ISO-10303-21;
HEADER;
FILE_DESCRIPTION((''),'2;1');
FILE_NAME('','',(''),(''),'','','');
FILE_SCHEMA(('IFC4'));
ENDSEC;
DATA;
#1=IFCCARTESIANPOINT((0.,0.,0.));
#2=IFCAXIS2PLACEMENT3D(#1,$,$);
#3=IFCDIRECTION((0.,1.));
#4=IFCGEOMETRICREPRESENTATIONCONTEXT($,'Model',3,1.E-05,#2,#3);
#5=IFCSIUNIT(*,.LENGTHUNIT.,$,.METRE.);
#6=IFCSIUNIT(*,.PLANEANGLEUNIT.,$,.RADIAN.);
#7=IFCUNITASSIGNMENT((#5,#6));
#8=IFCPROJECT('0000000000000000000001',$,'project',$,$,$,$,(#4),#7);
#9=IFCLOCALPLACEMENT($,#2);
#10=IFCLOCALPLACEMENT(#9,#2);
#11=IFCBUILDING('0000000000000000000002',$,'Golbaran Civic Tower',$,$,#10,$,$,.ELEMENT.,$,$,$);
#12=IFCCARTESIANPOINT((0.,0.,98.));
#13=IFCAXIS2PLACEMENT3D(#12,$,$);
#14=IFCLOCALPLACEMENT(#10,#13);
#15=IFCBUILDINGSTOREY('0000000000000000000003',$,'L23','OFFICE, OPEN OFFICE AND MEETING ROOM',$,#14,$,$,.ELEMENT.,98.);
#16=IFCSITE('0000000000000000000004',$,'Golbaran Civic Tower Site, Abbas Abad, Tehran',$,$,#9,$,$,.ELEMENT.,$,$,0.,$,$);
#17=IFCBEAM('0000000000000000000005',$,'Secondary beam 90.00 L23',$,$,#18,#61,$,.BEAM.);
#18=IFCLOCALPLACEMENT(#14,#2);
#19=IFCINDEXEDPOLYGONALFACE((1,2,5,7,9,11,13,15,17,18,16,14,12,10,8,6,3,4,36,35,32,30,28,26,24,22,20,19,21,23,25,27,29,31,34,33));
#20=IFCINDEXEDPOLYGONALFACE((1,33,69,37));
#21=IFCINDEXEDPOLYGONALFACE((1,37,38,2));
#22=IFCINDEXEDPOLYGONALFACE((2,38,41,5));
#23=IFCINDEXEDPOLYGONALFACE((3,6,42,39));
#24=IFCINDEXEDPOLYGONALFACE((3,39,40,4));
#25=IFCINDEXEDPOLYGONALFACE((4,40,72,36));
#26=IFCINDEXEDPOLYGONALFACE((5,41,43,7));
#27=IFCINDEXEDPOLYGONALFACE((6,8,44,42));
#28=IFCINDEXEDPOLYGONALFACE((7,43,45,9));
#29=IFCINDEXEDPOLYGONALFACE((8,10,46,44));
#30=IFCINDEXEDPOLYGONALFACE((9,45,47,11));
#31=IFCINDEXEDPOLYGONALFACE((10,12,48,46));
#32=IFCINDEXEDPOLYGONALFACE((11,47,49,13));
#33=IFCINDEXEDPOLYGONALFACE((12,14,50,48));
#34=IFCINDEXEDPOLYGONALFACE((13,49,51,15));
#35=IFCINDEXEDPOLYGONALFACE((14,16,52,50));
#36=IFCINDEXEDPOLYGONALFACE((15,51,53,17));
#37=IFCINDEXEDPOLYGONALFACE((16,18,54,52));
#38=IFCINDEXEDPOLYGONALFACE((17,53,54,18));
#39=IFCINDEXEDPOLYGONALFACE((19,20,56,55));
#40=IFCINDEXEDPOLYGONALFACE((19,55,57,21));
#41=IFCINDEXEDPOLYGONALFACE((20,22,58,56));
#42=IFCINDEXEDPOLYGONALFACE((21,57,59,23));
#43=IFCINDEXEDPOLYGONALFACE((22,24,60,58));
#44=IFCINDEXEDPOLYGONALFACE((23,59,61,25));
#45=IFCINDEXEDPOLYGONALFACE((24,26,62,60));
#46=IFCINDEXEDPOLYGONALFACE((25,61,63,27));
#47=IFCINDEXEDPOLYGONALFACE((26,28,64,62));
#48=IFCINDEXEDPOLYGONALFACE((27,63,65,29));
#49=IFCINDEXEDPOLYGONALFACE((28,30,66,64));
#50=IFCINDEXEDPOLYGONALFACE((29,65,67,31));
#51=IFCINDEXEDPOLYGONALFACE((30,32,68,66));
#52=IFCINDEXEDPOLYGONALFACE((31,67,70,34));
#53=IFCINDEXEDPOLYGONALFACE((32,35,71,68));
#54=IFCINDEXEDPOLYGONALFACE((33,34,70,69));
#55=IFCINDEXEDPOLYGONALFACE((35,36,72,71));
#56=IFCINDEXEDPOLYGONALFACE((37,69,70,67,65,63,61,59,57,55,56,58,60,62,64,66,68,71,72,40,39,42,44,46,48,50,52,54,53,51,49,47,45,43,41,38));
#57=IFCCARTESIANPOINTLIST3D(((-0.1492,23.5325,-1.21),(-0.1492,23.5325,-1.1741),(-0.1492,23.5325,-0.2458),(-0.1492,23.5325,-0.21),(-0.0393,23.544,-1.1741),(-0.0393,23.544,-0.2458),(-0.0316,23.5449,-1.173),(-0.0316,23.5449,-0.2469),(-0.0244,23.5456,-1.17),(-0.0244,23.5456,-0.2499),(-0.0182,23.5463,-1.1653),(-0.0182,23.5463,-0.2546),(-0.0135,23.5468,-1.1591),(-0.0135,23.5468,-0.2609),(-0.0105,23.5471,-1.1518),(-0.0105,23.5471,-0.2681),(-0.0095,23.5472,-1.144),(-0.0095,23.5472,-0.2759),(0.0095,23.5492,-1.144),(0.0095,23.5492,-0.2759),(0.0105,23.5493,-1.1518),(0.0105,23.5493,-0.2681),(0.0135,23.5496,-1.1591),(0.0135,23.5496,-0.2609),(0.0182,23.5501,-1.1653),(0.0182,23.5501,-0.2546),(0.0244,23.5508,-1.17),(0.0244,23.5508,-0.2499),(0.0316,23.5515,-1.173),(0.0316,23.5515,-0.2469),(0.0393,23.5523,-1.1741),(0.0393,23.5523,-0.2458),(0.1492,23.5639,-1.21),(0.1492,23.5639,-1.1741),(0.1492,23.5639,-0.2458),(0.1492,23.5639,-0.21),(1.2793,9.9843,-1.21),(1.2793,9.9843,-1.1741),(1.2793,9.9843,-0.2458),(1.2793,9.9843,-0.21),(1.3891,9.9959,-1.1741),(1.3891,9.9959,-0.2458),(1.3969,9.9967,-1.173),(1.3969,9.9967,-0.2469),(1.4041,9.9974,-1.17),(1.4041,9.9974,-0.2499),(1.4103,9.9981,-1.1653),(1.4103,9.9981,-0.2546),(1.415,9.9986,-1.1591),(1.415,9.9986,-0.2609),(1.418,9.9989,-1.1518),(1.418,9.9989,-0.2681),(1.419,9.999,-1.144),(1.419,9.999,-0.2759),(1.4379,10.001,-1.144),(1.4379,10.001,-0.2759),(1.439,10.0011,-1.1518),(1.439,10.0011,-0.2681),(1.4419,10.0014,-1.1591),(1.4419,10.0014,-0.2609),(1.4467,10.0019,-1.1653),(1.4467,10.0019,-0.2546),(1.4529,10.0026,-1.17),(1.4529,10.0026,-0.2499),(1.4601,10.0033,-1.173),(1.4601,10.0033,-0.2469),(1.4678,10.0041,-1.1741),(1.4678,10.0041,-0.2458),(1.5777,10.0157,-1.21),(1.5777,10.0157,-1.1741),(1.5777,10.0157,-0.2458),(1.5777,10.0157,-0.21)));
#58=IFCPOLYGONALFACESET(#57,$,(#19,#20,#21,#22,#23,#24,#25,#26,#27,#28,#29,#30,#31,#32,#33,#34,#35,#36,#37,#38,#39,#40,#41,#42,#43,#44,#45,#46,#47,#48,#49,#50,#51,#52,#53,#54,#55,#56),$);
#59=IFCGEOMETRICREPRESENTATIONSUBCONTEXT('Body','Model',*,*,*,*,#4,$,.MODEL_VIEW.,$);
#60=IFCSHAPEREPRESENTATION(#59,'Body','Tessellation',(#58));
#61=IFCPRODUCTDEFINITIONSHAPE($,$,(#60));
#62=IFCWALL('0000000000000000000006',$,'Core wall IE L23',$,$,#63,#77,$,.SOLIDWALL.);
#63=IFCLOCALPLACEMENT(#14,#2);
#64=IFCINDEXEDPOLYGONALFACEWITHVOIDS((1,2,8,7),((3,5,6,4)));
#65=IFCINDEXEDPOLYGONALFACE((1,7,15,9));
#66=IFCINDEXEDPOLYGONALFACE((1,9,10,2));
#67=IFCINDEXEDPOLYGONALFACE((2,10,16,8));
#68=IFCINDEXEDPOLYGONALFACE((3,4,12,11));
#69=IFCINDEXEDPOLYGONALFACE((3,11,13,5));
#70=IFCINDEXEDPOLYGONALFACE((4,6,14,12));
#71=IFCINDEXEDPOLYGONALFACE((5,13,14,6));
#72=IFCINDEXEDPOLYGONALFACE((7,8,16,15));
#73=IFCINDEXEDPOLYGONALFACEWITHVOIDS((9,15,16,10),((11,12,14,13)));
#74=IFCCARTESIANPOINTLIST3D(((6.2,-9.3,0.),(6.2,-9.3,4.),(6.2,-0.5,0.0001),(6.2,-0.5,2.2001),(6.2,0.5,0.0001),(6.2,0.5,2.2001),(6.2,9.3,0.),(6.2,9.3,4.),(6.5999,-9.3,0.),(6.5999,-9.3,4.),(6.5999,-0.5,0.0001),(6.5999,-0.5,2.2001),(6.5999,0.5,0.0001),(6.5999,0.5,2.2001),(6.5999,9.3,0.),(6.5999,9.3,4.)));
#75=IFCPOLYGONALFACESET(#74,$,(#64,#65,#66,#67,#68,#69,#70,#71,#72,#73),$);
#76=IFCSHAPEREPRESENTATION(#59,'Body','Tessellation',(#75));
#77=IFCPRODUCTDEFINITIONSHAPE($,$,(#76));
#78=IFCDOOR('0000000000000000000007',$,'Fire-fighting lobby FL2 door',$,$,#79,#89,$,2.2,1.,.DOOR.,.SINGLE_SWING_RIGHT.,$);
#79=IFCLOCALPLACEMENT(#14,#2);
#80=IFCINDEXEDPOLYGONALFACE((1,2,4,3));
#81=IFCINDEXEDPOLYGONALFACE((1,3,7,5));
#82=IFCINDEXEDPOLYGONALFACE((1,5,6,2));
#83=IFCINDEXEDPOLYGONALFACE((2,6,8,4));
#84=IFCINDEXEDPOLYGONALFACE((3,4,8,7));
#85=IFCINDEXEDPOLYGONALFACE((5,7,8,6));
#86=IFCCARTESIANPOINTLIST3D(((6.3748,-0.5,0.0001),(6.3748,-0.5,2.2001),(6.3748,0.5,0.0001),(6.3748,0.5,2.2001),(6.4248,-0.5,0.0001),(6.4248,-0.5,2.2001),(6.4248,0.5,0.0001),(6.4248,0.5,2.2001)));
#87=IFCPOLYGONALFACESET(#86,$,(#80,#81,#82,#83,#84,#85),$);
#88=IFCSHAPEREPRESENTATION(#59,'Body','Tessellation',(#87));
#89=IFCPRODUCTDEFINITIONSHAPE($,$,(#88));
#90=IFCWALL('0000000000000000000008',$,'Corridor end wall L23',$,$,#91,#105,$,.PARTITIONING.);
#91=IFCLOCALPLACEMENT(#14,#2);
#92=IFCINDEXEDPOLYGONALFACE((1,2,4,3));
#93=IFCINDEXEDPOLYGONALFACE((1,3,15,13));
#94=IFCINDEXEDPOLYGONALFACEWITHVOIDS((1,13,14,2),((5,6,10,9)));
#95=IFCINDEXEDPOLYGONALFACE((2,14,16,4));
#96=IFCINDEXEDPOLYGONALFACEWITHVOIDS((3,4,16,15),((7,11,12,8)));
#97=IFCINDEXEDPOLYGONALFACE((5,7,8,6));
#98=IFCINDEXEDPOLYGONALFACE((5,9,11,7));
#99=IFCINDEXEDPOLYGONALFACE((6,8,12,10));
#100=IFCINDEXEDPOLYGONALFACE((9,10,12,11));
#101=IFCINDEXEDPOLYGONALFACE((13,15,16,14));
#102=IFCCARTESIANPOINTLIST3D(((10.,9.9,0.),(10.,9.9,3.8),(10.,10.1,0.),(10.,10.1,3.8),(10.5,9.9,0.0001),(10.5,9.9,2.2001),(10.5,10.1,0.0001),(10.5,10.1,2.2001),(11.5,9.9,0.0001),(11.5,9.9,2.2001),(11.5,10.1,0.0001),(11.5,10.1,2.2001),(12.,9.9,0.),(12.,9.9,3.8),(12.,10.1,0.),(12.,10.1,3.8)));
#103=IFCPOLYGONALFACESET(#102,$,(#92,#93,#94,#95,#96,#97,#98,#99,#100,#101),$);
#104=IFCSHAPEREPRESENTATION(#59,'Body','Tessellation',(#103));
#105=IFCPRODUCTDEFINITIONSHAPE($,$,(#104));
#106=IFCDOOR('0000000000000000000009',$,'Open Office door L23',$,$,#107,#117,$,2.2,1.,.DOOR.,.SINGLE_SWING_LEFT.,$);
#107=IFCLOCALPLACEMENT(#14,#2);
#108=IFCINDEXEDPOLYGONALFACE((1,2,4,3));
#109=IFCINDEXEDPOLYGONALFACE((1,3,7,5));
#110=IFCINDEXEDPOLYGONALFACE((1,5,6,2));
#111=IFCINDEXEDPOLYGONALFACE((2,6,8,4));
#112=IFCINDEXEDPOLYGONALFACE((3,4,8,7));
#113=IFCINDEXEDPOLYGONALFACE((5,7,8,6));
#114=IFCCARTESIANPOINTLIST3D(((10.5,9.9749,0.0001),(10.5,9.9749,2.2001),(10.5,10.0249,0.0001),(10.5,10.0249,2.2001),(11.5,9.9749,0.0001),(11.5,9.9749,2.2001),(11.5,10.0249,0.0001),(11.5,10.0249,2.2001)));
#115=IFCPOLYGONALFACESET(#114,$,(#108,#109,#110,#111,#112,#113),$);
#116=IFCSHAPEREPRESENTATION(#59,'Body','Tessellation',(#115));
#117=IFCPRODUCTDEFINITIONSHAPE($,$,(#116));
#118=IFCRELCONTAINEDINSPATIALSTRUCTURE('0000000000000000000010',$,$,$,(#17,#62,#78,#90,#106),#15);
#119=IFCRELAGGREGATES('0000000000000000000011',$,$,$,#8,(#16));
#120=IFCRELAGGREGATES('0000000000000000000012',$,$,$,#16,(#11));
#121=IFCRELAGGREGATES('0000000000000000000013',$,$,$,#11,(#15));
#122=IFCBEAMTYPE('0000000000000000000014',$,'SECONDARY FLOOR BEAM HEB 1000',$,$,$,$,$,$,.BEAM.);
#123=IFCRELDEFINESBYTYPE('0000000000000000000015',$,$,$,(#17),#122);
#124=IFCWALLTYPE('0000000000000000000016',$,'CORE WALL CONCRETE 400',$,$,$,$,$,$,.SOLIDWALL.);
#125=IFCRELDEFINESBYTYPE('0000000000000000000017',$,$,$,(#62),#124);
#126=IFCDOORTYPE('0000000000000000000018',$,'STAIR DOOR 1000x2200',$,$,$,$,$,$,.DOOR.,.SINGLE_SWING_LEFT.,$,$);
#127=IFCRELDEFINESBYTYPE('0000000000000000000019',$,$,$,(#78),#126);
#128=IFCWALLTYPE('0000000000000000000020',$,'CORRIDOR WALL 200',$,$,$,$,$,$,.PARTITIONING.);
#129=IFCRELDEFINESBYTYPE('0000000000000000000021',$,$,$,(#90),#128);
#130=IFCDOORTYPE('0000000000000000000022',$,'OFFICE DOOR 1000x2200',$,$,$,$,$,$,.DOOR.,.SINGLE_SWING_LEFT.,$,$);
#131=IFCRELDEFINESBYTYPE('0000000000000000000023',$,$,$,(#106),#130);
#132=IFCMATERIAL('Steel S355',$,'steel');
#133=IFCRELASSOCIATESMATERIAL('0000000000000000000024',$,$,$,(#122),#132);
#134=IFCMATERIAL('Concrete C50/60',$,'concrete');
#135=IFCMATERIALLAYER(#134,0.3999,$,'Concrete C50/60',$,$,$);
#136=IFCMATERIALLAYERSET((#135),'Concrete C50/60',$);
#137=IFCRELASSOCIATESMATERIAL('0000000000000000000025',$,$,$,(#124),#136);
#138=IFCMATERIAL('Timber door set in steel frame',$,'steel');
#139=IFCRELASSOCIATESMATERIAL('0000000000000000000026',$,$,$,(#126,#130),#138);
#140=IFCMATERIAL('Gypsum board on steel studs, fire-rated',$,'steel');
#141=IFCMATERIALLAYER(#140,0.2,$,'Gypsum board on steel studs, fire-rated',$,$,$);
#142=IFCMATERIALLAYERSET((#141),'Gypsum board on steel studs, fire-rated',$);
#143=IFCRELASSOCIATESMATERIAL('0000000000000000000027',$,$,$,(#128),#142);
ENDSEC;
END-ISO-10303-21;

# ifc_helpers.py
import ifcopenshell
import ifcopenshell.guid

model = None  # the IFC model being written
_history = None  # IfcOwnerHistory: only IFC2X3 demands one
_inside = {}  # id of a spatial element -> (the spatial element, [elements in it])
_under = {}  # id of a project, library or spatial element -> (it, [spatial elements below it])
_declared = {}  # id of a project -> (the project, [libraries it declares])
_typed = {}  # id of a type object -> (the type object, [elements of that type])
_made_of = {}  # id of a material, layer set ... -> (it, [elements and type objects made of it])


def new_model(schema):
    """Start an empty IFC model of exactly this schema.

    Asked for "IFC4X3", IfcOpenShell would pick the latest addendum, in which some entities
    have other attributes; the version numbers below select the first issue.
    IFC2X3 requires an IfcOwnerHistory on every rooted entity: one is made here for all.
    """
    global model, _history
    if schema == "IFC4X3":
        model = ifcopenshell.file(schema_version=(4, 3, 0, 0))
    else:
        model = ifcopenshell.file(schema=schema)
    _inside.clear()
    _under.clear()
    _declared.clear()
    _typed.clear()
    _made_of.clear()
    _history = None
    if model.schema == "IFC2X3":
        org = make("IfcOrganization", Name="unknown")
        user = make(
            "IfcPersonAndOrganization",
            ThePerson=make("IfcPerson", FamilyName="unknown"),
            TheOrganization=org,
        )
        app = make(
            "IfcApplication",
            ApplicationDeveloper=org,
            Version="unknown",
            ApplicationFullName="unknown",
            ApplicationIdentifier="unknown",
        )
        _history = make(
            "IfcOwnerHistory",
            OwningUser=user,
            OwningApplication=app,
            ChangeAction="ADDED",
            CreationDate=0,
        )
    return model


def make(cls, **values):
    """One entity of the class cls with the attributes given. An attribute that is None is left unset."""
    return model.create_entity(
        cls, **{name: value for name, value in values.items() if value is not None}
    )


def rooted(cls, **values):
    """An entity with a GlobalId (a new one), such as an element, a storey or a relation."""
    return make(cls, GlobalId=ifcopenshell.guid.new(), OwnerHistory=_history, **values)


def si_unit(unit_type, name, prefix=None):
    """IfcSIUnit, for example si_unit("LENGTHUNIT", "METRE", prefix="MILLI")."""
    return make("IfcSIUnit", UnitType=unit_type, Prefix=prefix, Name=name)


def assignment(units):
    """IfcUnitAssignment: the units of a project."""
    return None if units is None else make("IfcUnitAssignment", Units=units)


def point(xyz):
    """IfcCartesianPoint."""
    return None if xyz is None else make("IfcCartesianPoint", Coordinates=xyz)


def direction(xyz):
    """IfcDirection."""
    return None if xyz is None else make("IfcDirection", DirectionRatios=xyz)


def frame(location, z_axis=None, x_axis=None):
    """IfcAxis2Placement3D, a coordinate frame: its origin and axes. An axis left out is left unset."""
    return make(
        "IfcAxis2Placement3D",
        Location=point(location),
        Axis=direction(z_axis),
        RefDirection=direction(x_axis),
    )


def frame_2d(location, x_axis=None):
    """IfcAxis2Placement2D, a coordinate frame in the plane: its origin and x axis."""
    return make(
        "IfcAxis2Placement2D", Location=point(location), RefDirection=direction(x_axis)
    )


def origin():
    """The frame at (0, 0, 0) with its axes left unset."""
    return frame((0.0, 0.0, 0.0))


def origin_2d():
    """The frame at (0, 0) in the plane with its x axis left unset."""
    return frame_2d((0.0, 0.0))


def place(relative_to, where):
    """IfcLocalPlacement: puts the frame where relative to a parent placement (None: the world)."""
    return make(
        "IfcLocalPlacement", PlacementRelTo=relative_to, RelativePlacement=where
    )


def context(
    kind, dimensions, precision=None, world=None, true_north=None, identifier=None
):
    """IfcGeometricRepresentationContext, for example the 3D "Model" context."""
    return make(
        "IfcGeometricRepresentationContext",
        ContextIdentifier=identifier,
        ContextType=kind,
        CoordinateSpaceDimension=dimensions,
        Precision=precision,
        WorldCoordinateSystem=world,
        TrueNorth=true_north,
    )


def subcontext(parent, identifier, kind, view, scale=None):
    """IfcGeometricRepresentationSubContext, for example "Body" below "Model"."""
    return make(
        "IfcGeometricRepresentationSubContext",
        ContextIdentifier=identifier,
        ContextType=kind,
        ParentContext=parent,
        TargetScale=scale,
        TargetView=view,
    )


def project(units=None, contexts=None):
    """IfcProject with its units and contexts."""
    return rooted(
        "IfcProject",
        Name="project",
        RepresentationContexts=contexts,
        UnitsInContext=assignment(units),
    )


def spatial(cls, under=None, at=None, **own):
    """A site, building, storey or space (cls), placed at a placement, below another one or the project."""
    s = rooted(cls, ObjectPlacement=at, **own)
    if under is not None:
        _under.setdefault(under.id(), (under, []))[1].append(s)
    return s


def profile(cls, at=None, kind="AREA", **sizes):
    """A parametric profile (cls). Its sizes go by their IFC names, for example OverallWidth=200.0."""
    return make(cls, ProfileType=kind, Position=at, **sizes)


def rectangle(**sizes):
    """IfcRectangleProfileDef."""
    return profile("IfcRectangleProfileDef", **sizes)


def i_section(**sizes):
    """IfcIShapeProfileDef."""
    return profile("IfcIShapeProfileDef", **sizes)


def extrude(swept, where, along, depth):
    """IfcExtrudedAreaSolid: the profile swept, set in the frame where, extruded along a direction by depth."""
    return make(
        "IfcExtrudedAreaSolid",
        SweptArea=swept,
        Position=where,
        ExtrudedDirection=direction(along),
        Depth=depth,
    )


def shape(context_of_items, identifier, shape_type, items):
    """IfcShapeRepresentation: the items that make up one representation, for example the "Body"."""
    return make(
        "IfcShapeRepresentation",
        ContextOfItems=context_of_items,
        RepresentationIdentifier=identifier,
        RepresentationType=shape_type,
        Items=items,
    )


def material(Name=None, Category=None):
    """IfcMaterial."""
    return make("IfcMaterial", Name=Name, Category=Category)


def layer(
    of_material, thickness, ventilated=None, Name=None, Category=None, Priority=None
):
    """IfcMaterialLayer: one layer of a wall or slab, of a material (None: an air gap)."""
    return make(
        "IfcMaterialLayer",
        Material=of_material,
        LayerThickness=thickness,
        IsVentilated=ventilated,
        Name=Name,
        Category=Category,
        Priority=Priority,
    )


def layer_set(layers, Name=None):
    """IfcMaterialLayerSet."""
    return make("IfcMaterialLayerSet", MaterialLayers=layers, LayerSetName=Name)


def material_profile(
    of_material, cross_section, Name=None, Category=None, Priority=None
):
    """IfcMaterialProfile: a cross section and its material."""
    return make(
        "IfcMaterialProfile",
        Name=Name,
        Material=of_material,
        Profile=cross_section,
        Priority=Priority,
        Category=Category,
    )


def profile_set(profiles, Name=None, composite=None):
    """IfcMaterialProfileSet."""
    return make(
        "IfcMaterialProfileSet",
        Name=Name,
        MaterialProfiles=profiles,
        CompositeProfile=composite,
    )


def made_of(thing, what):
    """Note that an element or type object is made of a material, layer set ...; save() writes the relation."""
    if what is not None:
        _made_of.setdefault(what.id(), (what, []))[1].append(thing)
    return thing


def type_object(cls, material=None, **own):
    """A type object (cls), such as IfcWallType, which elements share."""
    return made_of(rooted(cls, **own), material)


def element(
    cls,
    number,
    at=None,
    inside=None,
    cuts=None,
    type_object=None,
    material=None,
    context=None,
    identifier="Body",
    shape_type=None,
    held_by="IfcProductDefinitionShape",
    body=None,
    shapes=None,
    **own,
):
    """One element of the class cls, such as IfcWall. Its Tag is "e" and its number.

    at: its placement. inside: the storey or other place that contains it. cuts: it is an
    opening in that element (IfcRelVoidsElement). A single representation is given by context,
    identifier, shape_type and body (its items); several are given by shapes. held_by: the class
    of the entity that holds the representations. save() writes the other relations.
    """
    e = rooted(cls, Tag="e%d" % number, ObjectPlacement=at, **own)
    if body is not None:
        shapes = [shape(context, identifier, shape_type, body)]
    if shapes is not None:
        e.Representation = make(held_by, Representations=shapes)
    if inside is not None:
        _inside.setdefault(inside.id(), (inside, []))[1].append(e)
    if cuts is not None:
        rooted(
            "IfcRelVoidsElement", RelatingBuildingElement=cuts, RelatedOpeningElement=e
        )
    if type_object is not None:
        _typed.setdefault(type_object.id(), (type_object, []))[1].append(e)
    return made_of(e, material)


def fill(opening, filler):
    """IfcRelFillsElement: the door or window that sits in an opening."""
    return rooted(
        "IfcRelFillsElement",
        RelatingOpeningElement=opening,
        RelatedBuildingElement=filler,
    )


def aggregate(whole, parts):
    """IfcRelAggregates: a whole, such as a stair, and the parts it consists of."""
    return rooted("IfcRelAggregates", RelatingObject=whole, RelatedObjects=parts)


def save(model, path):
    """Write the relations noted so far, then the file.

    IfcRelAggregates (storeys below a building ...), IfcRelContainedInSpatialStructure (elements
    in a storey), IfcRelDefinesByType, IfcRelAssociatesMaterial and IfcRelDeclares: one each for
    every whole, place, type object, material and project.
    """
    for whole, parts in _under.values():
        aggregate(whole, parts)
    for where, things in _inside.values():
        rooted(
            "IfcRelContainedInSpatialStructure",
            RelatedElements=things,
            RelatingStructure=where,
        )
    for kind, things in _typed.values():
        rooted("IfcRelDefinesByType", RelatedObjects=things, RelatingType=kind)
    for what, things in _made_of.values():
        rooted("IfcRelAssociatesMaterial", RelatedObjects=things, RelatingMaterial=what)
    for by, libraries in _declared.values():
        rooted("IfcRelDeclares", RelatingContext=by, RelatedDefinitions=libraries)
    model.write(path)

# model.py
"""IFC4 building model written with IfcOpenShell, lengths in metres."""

from ifc_helpers import new_model, si_unit, direction, frame, frame_2d, origin, origin_2d, place, context, subcontext, project, spatial, rectangle, i_section, extrude, material, layer, layer_set, material_profile, profile_set, type_object, element, fill, save


model = new_model("IFC4")

# Units and contexts
model_context = context("Model", 3, precision=1e-05, world=origin(), true_north=direction((0.0, 1.0)))
body_context = subcontext(model_context, "Body", "Model", "MODEL_VIEW")
ifc_project = project(units=[si_unit("LENGTHUNIT", "METRE"), si_unit("PLANEANGLEUNIT", "RADIAN")], contexts=[model_context])

# Site, building, storey
site_placement = place(None, origin())
site = spatial("IfcSite", under=ifc_project, at=site_placement, Name="Golbaran Civic Tower Site, Abbas Abad, Tehran", CompositionType="ELEMENT", RefElevation=0.0)
building_placement = place(site_placement, origin())
building = spatial("IfcBuilding", under=site, at=building_placement, Name="Golbaran Civic Tower", CompositionType="ELEMENT")
storey_placement = place(building_placement, frame((0.0, 0.0, 98.0)))
storey = spatial("IfcBuildingStorey", under=building, at=storey_placement, Name="L23", Description="OFFICE, OPEN OFFICE AND MEETING ROOM", CompositionType="ELEMENT", Elevation=98.0)

# Beam
ifc_material_1 = material(Name="Steel S355", Category="steel")
ifc_material_profile_1 = material_profile(ifc_material_1, i_section(OverallWidth=0.3, OverallDepth=1.0, WebThickness=0.019, FlangeThickness=0.0359, FilletRadius=0.03, at=origin_2d()), Name="HEB 1000")
ifc_profile_set_1 = profile_set([ifc_material_profile_1], Name="Steel S355")
beam_type_1 = type_object("IfcBeamType", Name="SECONDARY FLOOR BEAM HEB 1000", PredefinedType="BEAM", material=ifc_profile_set_1)
beam_1_placement = place(storey_placement, frame((1.4285, 10.0, -0.71), z_axis=(-0.104855, 0.994487, 0.0), x_axis=(-0.994487, -0.104855, 0.0)))
element("IfcBeam", 1, at=beam_1_placement, inside=storey, type_object=beam_type_1, Name="Secondary beam 90.00 L23", PredefinedType="BEAM", context=body_context, shape_type="SweptSolid", body=[
    extrude(i_section(OverallWidth=0.3, OverallDepth=1.0, WebThickness=0.019, FlangeThickness=0.0359, FilletRadius=0.03, at=origin_2d()), origin(), (0.0, 0.0, 1.0), 13.6233),
])

# Walls, openings, doors
ifc_material_2 = material(Name="Concrete C50/60", Category="concrete")
ifc_layer_1 = layer(ifc_material_2, 0.3999, Name="Concrete C50/60")
ifc_layer_set_1 = layer_set([ifc_layer_1], Name="Concrete C50/60")
wall_type_1 = type_object("IfcWallType", Name="CORE WALL CONCRETE 400", PredefinedType="SOLIDWALL", material=ifc_layer_set_1)
wall_1_placement = place(storey_placement, frame((6.3999, 9.3, 0.0), z_axis=(0.0, 0.0, 1.0), x_axis=(0.0, -1.0, 0.0)))
wall_1 = element("IfcWall", 2, at=wall_1_placement, inside=storey, type_object=wall_type_1, Name="Core wall IE L23", PredefinedType="SOLIDWALL", context=body_context, shape_type="SweptSolid", body=[
    extrude(rectangle(XDim=18.6001, YDim=0.3999, at=frame_2d((9.3, 0.0))), origin(), (0.0, 0.0, 1.0), 4.0),
])
opening_1_placement = place(wall_1_placement, frame((8.8, 0.0, 0.0)))
opening_1 = element("IfcOpeningElement", 3, at=opening_1_placement, cuts=wall_1, PredefinedType="OPENING", context=body_context, shape_type="SweptSolid", body=[
    extrude(rectangle(XDim=1.0, YDim=2.2, at=frame_2d((0.5, 1.1001))), frame((0.0, 0.21, 0.0), z_axis=(0.0, -1.0, 0.0), x_axis=(1.0, 0.0, 0.0)), (0.0, 0.0, 1.0), 0.4199),
])
ifc_material_3 = material(Name="Timber door set in steel frame", Category="steel")
door_type_1 = type_object("IfcDoorType", Name="STAIR DOOR 1000x2200", OperationType="SINGLE_SWING_LEFT", PredefinedType="DOOR", material=ifc_material_3)
door_1_placement = place(opening_1_placement, origin())
door_1 = element("IfcDoor", 4, at=door_1_placement, inside=storey, type_object=door_type_1, Name="Fire-fighting lobby FL2 door", OperationType="SINGLE_SWING_RIGHT", OverallHeight=2.2, OverallWidth=1.0, PredefinedType="DOOR", context=body_context, shape_type="SweptSolid", body=[
    extrude(rectangle(XDim=1.0, YDim=2.2, at=frame_2d((0.5, 1.1001))), frame((0.0, 0.0249, 0.0), z_axis=(0.0, -1.0, 0.0), x_axis=(1.0, 0.0, 0.0)), (0.0, 0.0, 1.0), 0.05),
])
fill(opening_1, door_1)
ifc_material_4 = material(Name="Gypsum board on steel studs, fire-rated", Category="steel")
ifc_layer_2 = layer(ifc_material_4, 0.2, Name="Gypsum board on steel studs, fire-rated")
ifc_layer_set_2 = layer_set([ifc_layer_2], Name="Gypsum board on steel studs, fire-rated")
wall_type_2 = type_object("IfcWallType", Name="CORRIDOR WALL 200", PredefinedType="PARTITIONING", material=ifc_layer_set_2)
wall_2_placement = place(storey_placement, frame((10.0, 10.0, 0.0), z_axis=(0.0, 0.0, 1.0), x_axis=(1.0, 0.0, 0.0)))
wall_2 = element("IfcWall", 5, at=wall_2_placement, inside=storey, type_object=wall_type_2, Name="Corridor end wall L23", PredefinedType="PARTITIONING", context=body_context, shape_type="SweptSolid", body=[
    extrude(rectangle(XDim=2.0, YDim=0.2, at=frame_2d((1.0, 0.0))), origin(), (0.0, 0.0, 1.0), 3.8),
])
opening_2_placement = place(wall_2_placement, frame((0.5, 0.0, 0.0)))
opening_2 = element("IfcOpeningElement", 6, at=opening_2_placement, cuts=wall_2, PredefinedType="OPENING", context=body_context, shape_type="SweptSolid", body=[
    extrude(rectangle(XDim=1.0, YDim=2.2, at=frame_2d((0.5, 1.1001))), frame((0.0, 0.1099, 0.0), z_axis=(0.0, -1.0, 0.0), x_axis=(1.0, 0.0, 0.0)), (0.0, 0.0, 1.0), 0.22),
])
door_type_2 = type_object("IfcDoorType", Name="OFFICE DOOR 1000x2200", OperationType="SINGLE_SWING_LEFT", PredefinedType="DOOR", material=ifc_material_3)
door_2_placement = place(opening_2_placement, origin())
door_2 = element("IfcDoor", 7, at=door_2_placement, inside=storey, type_object=door_type_2, Name="Open Office door L23", OperationType="SINGLE_SWING_LEFT", OverallHeight=2.2, OverallWidth=1.0, PredefinedType="DOOR", context=body_context, shape_type="SweptSolid", body=[
    extrude(rectangle(XDim=1.0, YDim=2.2, at=frame_2d((0.5, 1.1001))), frame((0.0, 0.0249, 0.0), z_axis=(0.0, -1.0, 0.0), x_axis=(1.0, 0.0, 0.0)), (0.0, 0.0, 1.0), 0.05),
])
fill(opening_2, door_2)

save(model, "model.ifc")
